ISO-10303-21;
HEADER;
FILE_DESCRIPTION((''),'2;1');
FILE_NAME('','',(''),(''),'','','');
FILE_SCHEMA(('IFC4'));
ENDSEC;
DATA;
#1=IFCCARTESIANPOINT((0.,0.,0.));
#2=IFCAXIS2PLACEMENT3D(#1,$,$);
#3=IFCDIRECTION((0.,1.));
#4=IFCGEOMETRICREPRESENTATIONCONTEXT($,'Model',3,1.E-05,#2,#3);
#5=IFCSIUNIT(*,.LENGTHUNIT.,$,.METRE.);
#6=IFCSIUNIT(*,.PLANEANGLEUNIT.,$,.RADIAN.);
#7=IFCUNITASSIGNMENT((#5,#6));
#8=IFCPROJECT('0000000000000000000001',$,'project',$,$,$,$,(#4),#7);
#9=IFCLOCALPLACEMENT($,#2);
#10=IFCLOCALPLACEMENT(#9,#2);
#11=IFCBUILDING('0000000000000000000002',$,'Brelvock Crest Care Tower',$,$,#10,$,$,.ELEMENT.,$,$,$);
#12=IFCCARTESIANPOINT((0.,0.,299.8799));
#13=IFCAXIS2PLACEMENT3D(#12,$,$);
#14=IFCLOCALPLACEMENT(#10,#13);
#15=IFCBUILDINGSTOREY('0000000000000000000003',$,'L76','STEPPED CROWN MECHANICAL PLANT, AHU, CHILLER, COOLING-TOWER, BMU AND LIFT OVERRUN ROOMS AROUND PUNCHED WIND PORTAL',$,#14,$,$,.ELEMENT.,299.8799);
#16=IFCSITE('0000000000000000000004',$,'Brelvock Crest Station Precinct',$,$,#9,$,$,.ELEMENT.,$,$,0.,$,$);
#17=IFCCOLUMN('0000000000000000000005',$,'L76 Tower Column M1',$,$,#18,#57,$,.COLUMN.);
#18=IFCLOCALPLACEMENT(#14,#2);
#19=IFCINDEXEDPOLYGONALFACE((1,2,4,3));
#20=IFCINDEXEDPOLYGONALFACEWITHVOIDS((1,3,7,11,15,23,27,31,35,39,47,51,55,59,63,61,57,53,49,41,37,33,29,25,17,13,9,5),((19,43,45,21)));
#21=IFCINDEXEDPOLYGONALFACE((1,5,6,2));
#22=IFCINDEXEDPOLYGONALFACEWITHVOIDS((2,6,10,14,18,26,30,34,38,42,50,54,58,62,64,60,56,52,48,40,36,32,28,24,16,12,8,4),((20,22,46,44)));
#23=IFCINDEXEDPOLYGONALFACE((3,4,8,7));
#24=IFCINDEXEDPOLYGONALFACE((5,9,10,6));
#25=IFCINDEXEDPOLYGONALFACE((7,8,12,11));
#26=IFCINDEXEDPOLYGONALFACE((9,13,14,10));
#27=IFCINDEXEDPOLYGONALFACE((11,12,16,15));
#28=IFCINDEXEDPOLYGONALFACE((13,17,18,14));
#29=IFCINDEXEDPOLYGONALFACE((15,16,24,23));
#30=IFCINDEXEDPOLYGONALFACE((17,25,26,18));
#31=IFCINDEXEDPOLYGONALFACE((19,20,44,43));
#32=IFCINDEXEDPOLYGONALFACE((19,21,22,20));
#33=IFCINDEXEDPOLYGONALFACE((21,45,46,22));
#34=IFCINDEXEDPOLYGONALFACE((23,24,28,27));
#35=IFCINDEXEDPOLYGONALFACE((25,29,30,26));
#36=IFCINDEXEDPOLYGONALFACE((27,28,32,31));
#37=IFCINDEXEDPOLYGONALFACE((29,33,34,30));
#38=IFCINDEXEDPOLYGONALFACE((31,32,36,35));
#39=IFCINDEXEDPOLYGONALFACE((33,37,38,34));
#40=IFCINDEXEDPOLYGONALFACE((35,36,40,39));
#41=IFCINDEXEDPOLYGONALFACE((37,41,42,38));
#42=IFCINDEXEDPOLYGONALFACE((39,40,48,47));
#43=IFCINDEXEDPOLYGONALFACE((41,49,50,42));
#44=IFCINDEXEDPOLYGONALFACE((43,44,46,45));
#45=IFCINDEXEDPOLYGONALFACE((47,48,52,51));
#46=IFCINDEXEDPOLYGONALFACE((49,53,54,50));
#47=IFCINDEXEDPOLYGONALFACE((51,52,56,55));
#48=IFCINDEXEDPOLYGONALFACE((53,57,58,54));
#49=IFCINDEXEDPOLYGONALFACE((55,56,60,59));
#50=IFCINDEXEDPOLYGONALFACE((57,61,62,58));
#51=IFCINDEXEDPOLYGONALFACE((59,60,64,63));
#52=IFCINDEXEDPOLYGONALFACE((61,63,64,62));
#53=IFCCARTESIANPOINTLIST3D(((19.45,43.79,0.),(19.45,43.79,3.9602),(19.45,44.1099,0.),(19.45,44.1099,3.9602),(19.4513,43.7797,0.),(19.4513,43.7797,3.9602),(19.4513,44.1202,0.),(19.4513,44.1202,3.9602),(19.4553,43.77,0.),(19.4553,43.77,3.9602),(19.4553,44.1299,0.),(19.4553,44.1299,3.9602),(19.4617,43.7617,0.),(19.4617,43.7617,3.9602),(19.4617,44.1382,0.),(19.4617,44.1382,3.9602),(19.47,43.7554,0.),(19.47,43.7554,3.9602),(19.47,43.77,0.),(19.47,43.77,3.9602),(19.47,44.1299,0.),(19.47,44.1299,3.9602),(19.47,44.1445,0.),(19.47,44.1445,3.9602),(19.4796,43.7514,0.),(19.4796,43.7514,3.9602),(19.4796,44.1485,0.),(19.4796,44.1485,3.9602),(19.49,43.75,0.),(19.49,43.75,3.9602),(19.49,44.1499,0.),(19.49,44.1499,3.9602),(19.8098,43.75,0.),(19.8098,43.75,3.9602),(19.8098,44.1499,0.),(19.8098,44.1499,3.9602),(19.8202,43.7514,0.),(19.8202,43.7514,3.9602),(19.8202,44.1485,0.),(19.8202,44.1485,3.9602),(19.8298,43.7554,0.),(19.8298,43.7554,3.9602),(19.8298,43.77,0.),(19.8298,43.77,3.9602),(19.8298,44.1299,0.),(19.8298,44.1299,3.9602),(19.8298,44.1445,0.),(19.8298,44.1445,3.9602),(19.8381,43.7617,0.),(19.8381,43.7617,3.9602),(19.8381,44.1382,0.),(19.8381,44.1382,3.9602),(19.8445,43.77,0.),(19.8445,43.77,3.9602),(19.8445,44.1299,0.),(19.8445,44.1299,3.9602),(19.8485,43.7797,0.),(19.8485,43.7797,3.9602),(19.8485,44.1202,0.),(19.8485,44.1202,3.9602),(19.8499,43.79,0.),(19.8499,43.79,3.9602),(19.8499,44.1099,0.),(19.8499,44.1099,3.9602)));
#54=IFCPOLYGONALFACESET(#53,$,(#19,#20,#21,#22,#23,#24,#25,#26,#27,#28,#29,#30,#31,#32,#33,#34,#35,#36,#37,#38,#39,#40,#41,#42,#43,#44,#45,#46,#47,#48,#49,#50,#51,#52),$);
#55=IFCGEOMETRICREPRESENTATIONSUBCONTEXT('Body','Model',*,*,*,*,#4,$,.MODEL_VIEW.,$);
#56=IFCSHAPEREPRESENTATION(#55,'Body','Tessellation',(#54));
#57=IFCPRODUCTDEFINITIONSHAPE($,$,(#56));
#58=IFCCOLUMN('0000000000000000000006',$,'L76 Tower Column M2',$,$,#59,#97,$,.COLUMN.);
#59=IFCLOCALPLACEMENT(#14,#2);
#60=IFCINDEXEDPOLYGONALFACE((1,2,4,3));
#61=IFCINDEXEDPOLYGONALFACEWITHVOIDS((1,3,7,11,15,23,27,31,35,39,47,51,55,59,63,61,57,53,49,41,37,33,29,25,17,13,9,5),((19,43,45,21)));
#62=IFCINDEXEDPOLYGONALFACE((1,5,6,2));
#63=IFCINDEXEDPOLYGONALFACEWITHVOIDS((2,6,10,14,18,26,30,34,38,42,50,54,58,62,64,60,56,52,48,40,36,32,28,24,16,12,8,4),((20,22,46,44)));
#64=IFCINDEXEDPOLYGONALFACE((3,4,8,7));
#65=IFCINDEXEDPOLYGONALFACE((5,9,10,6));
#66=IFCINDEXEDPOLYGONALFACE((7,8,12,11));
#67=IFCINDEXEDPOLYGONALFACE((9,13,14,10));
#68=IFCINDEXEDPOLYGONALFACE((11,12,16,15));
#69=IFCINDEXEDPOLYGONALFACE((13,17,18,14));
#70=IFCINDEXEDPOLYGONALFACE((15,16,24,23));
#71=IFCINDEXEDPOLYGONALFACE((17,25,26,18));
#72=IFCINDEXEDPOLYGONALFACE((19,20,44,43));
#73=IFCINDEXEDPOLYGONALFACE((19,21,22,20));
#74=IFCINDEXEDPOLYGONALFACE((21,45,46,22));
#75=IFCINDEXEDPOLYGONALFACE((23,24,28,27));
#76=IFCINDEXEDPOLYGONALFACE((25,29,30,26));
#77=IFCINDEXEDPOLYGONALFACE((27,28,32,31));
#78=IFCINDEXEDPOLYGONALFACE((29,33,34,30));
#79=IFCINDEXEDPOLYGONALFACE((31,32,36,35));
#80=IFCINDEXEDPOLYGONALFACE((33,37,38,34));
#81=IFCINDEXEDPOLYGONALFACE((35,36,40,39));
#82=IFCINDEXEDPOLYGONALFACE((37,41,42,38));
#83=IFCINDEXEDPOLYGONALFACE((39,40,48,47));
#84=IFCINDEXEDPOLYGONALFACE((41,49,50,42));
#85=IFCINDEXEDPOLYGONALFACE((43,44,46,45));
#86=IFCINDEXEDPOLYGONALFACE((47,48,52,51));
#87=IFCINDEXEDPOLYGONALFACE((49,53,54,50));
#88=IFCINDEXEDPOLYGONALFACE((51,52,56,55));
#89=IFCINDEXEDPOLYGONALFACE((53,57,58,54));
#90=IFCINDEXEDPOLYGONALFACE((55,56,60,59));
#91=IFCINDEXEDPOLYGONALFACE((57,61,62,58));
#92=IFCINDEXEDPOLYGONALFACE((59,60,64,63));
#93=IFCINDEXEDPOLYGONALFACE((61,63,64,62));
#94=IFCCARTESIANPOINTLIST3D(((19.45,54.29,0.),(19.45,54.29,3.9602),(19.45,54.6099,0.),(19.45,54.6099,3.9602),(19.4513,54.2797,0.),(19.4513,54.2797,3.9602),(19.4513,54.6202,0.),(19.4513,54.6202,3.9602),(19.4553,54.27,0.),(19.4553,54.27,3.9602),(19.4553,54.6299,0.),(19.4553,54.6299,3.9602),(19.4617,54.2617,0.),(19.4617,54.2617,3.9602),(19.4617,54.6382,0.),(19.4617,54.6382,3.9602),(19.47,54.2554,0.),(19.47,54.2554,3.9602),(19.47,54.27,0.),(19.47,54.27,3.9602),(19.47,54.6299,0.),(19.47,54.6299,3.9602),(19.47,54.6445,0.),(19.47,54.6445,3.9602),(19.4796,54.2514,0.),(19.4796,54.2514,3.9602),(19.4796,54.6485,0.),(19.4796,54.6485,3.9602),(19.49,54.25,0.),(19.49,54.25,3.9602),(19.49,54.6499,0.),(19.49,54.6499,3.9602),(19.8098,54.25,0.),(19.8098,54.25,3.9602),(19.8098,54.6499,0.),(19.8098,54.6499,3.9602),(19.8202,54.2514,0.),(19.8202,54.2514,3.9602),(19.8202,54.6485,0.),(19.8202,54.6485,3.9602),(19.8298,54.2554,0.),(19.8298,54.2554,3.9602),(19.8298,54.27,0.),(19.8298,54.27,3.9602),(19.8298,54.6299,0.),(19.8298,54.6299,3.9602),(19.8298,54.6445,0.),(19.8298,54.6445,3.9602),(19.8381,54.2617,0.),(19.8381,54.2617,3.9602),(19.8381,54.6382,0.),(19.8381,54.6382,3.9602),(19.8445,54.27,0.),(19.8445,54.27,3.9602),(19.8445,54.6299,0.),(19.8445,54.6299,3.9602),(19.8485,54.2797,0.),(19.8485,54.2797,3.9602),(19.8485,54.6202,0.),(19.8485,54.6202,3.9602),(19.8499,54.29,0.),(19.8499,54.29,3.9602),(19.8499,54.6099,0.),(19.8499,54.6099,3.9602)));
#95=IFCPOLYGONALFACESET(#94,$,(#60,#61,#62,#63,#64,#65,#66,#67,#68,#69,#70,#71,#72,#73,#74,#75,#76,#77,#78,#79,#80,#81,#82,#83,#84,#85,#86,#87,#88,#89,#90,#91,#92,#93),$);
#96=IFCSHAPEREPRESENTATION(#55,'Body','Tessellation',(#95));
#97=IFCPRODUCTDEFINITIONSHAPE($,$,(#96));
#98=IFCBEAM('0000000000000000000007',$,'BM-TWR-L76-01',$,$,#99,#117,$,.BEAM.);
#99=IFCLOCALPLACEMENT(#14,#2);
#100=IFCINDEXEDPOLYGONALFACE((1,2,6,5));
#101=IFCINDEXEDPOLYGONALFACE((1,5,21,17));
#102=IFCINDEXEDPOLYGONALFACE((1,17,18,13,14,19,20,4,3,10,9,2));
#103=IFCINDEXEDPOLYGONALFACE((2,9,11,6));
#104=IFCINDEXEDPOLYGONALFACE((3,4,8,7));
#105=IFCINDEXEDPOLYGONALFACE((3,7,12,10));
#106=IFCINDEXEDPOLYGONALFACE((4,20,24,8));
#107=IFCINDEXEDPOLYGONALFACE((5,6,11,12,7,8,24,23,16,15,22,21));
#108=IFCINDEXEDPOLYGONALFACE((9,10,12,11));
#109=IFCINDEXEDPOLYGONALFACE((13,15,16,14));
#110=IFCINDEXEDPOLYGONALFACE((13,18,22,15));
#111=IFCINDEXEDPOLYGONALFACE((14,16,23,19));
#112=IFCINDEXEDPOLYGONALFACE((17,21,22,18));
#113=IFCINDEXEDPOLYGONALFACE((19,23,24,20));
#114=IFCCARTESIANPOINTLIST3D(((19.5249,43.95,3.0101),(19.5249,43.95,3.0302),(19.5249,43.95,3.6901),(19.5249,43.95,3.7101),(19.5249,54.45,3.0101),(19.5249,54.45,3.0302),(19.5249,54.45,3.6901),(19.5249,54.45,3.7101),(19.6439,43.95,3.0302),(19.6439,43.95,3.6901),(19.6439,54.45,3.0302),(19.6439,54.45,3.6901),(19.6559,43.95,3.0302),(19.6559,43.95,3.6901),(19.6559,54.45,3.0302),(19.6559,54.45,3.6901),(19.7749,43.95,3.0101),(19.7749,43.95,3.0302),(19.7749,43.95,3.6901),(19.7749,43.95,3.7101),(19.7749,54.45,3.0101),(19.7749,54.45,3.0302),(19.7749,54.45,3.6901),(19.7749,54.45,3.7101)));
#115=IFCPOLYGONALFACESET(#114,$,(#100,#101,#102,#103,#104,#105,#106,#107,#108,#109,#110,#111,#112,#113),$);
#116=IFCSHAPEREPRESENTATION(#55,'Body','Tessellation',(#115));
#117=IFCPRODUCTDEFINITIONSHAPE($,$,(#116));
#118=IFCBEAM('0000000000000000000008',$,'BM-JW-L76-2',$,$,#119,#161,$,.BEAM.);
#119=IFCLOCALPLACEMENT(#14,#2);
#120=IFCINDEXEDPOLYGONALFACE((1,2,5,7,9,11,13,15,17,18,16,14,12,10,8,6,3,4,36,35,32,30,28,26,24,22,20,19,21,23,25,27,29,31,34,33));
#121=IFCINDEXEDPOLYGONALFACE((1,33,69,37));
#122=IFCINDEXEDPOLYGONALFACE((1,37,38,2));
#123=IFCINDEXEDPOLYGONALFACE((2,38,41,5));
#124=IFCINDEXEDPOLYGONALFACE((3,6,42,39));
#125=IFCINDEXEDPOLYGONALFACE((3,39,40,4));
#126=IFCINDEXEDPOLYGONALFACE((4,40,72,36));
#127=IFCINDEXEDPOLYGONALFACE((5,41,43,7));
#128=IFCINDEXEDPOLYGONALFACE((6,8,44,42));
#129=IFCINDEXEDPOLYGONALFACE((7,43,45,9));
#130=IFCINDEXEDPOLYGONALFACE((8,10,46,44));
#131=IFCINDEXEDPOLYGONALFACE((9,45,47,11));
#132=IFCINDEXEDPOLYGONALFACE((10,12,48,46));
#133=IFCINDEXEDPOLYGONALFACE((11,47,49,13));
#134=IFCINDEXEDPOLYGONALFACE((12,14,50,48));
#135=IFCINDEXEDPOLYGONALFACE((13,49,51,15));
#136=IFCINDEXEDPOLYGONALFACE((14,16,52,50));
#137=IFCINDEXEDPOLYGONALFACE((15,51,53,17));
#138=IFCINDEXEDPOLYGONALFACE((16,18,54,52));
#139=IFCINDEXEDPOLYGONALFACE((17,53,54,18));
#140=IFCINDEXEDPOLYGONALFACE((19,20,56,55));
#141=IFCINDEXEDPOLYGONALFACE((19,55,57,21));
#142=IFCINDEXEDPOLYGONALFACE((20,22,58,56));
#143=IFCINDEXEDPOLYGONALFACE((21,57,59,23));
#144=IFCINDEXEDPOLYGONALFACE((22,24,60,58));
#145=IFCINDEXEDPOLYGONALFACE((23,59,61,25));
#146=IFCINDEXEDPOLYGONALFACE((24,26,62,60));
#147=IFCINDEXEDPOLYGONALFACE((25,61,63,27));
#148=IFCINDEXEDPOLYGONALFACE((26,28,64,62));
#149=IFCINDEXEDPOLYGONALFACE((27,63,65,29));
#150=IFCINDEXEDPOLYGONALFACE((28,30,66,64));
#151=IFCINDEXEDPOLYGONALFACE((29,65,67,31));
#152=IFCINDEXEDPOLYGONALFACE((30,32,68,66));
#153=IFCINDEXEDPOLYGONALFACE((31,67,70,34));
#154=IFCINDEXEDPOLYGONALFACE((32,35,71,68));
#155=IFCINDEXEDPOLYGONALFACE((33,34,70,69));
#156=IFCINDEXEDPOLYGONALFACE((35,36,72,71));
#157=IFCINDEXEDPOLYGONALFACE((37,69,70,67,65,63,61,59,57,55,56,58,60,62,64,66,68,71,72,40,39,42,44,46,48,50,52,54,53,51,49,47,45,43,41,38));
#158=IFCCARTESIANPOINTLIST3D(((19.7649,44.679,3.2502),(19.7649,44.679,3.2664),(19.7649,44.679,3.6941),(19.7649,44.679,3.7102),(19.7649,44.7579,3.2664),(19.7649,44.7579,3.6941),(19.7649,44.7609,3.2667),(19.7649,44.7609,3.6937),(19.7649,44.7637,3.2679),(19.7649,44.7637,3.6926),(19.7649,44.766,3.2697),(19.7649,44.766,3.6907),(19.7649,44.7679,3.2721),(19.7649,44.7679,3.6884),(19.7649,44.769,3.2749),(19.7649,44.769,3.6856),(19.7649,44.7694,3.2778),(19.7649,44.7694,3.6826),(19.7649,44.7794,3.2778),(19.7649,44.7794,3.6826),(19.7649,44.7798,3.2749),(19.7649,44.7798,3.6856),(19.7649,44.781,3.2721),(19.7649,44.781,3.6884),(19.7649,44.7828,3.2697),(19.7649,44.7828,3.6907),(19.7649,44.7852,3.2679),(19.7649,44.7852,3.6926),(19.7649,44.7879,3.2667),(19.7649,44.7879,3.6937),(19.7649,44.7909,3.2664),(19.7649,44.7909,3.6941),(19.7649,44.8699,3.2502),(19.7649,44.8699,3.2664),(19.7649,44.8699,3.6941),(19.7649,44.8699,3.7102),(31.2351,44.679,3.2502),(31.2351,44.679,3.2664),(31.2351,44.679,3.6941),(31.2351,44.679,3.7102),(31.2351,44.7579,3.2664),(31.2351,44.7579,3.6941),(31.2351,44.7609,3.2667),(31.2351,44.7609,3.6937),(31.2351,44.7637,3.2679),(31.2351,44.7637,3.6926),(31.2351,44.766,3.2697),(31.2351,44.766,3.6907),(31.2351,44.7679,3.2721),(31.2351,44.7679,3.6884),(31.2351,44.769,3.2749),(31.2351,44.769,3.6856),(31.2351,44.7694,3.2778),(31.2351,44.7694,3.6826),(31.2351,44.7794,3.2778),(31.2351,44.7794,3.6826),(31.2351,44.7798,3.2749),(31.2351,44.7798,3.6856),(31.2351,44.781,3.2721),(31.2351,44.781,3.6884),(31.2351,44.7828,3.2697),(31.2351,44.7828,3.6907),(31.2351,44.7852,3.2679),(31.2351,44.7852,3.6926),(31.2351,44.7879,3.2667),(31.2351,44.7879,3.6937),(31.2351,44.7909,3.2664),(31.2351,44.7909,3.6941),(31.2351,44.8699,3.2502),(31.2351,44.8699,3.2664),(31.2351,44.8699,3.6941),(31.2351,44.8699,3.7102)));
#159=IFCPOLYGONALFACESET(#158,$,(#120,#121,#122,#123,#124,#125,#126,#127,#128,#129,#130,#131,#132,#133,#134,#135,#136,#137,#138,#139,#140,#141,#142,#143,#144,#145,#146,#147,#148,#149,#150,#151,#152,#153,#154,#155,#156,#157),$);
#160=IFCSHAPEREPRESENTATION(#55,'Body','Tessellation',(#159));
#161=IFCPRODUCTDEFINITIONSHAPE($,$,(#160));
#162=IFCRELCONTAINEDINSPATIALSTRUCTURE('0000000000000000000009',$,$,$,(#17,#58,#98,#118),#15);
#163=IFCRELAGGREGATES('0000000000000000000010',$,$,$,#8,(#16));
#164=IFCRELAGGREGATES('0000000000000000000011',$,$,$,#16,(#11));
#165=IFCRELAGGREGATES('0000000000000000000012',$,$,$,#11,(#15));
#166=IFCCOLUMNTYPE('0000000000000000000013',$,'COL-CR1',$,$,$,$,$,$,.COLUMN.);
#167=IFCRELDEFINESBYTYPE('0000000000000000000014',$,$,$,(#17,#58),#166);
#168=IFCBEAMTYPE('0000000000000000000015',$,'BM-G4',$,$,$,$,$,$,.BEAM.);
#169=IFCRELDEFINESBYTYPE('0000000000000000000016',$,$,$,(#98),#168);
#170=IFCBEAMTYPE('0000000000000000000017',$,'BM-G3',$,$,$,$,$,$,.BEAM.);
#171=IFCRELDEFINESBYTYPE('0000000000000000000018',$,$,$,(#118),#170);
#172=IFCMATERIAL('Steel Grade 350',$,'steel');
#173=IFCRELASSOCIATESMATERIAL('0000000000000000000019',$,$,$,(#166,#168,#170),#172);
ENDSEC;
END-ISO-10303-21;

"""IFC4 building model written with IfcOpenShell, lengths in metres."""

from ifc_helpers import new_model, si_unit, direction, frame, origin, origin_2d, place, context, subcontext, project, spatial, hollow_rectangle, i_section, extrude, source, transform, mapped, material, material_profile, profile_set, type_object, element, save


model = new_model("IFC4")

# Units and contexts
model_context = context("Model", 3, precision=1e-05, world=origin(), true_north=direction((0.0, 1.0)))
body_context = subcontext(model_context, "Body", "Model", "MODEL_VIEW")
ifc_project = project(units=[si_unit("LENGTHUNIT", "METRE"), si_unit("PLANEANGLEUNIT", "RADIAN")], contexts=[model_context])

# Site, building, storey
site_placement = place(None, origin())
site = spatial("IfcSite", under=ifc_project, at=site_placement, Name="Brelvock Crest Station Precinct", CompositionType="ELEMENT", RefElevation=0.0)
building_placement = place(site_placement, origin())
building = spatial("IfcBuilding", under=site, at=building_placement, Name="Brelvock Crest Care Tower", CompositionType="ELEMENT")
storey_placement = place(building_placement, frame((0.0, 0.0, 299.8799)))
storey = spatial("IfcBuildingStorey", under=building, at=storey_placement, Name="L76", Description="STEPPED CROWN MECHANICAL PLANT, AHU, CHILLER, COOLING-TOWER, BMU AND LIFT OVERRUN ROOMS AROUND PUNCHED WIND PORTAL", CompositionType="ELEMENT", Elevation=299.8799)

# Columns
ifc_material_1 = material(Name="Steel Grade 350", Category="steel")
ifc_material_profile_1 = material_profile(ifc_material_1, hollow_rectangle(XDim=0.3999, YDim=0.3999, WallThickness=0.02, OuterFilletRadius=0.04, at=origin_2d()), Name="SHS400x400x20.0")
ifc_profile_set_1 = profile_set([ifc_material_profile_1], Name="Steel Grade 350")
column_type = type_object("IfcColumnType", Name="COL-CR1", PredefinedType="COLUMN", material=ifc_profile_set_1)
shared_shape_1 = source(origin(), body_context, "Body", "SweptSolid", [
    extrude(hollow_rectangle(XDim=0.3999, YDim=0.3999, WallThickness=0.02, OuterFilletRadius=0.04, at=origin_2d()), origin(), (0.0, 0.0, 1.0), 3.9602),
])
for number, where, z_axis, x_axis, name in (
    (1, (19.6499, 43.95, 0.0), (0.0, 0.0, 1.0), (1.0, 0.0, 0.0), "L76 Tower Column M1"),
    (2, (19.6499, 54.45, 0.0), (0.0, 0.0, 1.0), (1.0, 0.0, 0.0), "L76 Tower Column M2"),
):
    element("IfcColumn", number, at=place(storey_placement, frame(where, z_axis=z_axis, x_axis=x_axis)), inside=storey, type_object=column_type, Name=name, PredefinedType="COLUMN", context=body_context, shape_type="MappedRepresentation", body=[
        mapped(shared_shape_1, transform((0.0, 0.0, 0.0), x_axis=(1.0, 0.0, 0.0), y_axis=(0.0, 1.0, 0.0), z_axis=(0.0, 0.0, 1.0), scale=1.0)),
    ])

# Beams
ifc_material_profile_2 = material_profile(ifc_material_1, i_section(OverallWidth=0.25, OverallDepth=0.7, WebThickness=0.012, FlangeThickness=0.02, at=origin_2d()), Name="700WB150")
ifc_profile_set_2 = profile_set([ifc_material_profile_2], Name="Steel Grade 350")
beam_type_1 = type_object("IfcBeamType", Name="BM-G4", PredefinedType="BEAM", material=ifc_profile_set_2)
shared_shape_2 = source(origin(), body_context, "Body", "SweptSolid", [
    extrude(i_section(OverallWidth=0.25, OverallDepth=0.7, WebThickness=0.012, FlangeThickness=0.02, at=origin_2d()), origin(), (0.0, 0.0, 1.0), 10.5),
])
beam_placement = place(storey_placement, frame((19.6499, 43.95, 3.3601), z_axis=(0.0, 1.0, 0.0), x_axis=(-1.0, 0.0, 0.0)))
element("IfcBeam", 3, at=beam_placement, inside=storey, type_object=beam_type_1, Name="BM-TWR-L76-01", PredefinedType="BEAM", context=body_context, shape_type="MappedRepresentation", body=[
    mapped(shared_shape_2, transform((0.0, 0.0, 0.0), x_axis=(1.0, 0.0, 0.0), y_axis=(0.0, 1.0, 0.0), z_axis=(0.0, 0.0, 1.0), scale=1.0)),
])
ifc_material_profile_3 = material_profile(ifc_material_1, i_section(OverallWidth=0.1909, OverallDepth=0.46, WebThickness=0.01, FlangeThickness=0.0161, FilletRadius=0.0115, at=origin_2d()), Name="460UB82.1")
ifc_profile_set_3 = profile_set([ifc_material_profile_3], Name="Steel Grade 350")
beam_type_2 = type_object("IfcBeamType", Name="BM-G3", PredefinedType="BEAM", material=ifc_profile_set_3)
shared_shape_3 = source(origin(), body_context, "Body", "SweptSolid", [
    extrude(i_section(OverallWidth=0.1909, OverallDepth=0.46, WebThickness=0.01, FlangeThickness=0.0161, FilletRadius=0.0115, at=origin_2d()), origin(), (0.0, 0.0, 1.0), 11.4702),
])
for number, where, z_axis, x_axis, name in (
    (4, (19.7649, 44.7744, 3.4802), (1.0, 0.0, 0.0), (0.0, 1.0, 0.0), "BM-JW-L76-2"),
):
    element("IfcBeam", number, at=place(storey_placement, frame(where, z_axis=z_axis, x_axis=x_axis)), inside=storey, type_object=beam_type_2, Name=name, PredefinedType="BEAM", context=body_context, shape_type="MappedRepresentation", body=[
        mapped(shared_shape_3, transform((0.0, 0.0, 0.0), x_axis=(1.0, 0.0, 0.0), y_axis=(0.0, 1.0, 0.0), z_axis=(0.0, 0.0, 1.0), scale=1.0)),
    ])

save(model, "model.ifc")
